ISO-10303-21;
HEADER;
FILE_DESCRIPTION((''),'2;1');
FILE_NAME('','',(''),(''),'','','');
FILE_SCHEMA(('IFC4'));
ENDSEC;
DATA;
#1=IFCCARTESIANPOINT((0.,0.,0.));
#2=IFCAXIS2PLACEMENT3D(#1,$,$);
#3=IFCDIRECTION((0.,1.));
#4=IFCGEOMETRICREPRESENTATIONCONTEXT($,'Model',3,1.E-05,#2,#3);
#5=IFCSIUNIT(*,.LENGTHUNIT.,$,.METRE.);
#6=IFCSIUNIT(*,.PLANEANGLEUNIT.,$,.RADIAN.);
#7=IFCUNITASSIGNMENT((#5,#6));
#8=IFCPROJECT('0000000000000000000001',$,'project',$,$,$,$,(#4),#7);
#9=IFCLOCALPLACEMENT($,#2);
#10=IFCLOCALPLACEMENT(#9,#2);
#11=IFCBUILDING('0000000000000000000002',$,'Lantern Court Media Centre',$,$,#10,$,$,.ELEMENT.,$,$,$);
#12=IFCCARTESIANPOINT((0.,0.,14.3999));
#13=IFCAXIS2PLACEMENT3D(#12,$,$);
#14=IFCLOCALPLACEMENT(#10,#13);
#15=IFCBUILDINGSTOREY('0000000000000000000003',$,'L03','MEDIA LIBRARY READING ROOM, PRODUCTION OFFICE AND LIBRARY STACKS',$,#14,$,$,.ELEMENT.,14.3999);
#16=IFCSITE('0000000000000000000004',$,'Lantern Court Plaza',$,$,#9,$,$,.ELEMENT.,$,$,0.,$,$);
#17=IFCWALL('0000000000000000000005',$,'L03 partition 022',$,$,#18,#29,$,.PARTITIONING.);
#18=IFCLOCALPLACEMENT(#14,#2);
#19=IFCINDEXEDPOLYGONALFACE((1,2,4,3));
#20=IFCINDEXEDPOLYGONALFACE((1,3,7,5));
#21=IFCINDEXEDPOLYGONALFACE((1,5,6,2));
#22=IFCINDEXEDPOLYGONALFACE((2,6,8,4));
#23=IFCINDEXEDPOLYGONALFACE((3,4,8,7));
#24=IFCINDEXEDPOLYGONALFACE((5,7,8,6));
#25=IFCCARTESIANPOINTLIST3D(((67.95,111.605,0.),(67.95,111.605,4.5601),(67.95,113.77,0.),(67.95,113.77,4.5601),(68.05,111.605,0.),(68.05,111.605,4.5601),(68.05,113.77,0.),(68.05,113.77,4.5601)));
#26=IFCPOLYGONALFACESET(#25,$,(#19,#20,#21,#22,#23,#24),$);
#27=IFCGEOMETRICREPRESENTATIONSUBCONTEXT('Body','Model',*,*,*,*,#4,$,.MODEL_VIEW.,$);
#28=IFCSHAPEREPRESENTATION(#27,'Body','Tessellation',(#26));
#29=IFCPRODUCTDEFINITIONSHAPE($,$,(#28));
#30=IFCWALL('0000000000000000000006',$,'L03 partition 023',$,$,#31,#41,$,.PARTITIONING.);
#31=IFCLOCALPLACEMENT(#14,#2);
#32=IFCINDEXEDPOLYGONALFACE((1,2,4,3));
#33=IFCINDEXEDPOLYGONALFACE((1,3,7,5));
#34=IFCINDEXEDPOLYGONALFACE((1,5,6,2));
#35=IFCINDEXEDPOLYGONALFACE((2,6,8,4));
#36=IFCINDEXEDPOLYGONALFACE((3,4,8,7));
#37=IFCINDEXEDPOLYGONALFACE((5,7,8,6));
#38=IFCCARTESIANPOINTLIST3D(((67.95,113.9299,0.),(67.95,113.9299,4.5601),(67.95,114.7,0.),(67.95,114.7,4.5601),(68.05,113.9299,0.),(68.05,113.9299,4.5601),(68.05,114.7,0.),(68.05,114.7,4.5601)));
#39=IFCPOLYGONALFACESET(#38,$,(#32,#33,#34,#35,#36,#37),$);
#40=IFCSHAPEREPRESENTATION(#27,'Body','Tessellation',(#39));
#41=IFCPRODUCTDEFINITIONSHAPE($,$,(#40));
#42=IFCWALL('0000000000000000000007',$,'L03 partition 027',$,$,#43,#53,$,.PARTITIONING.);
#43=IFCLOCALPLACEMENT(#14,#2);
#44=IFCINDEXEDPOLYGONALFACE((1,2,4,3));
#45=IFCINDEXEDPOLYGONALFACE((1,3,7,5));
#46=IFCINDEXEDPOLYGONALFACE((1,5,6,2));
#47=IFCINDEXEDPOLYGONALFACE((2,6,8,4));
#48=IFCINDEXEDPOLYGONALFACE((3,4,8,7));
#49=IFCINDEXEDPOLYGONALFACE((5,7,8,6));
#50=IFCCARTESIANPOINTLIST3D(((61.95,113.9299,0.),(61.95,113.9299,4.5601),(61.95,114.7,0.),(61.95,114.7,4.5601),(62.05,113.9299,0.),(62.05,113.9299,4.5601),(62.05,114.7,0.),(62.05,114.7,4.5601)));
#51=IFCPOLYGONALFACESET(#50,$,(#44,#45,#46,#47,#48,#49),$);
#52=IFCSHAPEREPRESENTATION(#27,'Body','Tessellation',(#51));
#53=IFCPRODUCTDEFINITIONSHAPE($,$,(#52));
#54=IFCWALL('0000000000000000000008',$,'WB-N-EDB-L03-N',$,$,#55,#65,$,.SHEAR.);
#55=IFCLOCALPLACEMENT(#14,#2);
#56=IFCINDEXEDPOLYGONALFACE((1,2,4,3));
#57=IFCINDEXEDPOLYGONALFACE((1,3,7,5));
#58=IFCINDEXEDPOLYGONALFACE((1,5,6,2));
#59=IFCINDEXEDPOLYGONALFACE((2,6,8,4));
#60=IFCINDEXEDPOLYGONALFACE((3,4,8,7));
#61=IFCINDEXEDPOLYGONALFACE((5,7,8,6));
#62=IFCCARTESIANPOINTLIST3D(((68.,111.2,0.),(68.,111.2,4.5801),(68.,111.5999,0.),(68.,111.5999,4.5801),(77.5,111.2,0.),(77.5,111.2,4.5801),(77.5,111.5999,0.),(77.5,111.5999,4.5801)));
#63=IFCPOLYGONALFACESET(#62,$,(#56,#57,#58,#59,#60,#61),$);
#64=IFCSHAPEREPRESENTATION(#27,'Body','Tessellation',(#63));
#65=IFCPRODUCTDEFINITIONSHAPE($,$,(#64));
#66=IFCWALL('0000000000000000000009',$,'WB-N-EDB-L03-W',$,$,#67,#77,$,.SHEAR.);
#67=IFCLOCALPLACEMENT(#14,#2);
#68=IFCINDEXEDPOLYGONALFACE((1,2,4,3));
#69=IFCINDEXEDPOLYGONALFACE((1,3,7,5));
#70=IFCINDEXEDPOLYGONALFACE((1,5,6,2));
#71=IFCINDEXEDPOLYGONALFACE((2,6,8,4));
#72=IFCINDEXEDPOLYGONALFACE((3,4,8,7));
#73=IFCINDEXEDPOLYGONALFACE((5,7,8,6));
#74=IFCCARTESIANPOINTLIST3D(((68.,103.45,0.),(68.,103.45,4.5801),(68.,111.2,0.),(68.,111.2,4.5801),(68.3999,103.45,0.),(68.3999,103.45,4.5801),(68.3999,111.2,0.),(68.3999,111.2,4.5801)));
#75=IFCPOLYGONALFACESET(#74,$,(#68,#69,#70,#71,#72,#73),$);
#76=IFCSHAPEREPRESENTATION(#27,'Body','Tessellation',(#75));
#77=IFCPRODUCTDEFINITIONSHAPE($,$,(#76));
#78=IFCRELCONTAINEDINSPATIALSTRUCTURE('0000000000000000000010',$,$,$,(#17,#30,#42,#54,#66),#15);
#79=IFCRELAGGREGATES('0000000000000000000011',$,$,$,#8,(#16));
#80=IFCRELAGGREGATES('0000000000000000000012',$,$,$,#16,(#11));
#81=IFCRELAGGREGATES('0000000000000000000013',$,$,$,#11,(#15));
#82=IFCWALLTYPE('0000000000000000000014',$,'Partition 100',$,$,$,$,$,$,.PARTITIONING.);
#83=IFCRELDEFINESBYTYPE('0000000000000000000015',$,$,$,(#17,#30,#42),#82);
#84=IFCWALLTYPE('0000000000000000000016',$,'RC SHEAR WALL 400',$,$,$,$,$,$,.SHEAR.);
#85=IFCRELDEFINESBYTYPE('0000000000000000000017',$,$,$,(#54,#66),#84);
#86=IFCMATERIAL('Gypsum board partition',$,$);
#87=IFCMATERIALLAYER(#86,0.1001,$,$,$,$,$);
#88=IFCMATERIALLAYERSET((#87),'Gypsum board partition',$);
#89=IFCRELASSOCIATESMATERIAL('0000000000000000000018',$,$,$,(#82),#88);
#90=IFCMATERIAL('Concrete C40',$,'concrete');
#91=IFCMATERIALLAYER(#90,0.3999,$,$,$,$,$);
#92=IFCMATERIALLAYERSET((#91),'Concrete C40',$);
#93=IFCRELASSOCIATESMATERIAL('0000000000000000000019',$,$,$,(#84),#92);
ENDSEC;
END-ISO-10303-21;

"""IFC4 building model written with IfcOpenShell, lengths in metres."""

from ifc_helpers import new_model, si_unit, direction, frame, frame_2d, origin, place, context, subcontext, project, spatial, rectangle, extrude, material, layer, layer_set, type_object, element, save


model = new_model("IFC4")

# Units and contexts
model_context = context("Model", 3, precision=1e-05, world=origin(), true_north=direction((0.0, 1.0)))
body_context = subcontext(model_context, "Body", "Model", "MODEL_VIEW")
ifc_project = project(units=[si_unit("LENGTHUNIT", "METRE"), si_unit("PLANEANGLEUNIT", "RADIAN")], contexts=[model_context])

# Site, building, storey
site_placement = place(None, origin())
site = spatial("IfcSite", under=ifc_project, at=site_placement, Name="Lantern Court Plaza", CompositionType="ELEMENT", RefElevation=0.0)
building_placement = place(site_placement, origin())
building = spatial("IfcBuilding", under=site, at=building_placement, Name="Lantern Court Media Centre", CompositionType="ELEMENT")
storey_placement = place(building_placement, frame((0.0, 0.0, 14.3999)))
storey = spatial("IfcBuildingStorey", under=building, at=storey_placement, Name="L03", Description="MEDIA LIBRARY READING ROOM, PRODUCTION OFFICE AND LIBRARY STACKS", CompositionType="ELEMENT", Elevation=14.3999)

# Walls
ifc_material_1 = material(Name="Gypsum board partition")
ifc_layer_1 = layer(ifc_material_1, 0.1001)
ifc_layer_set_1 = layer_set([ifc_layer_1], Name="Gypsum board partition")
wall_type_1 = type_object("IfcWallType", Name="Partition 100", PredefinedType="PARTITIONING", material=ifc_layer_set_1)
wall_1_placement = place(storey_placement, frame((68.0, 111.605, 0.0), z_axis=(0.0, 0.0, 1.0), x_axis=(0.0, 1.0, 0.0)))
element("IfcWall", 1, at=wall_1_placement, inside=storey, type_object=wall_type_1, Name="L03 partition 022", PredefinedType="PARTITIONING", context=body_context, shape_type="SweptSolid", body=[
    extrude(rectangle(XDim=2.165, YDim=0.1001, at=frame_2d((1.0825, 0.0))), origin(), (0.0, 0.0, 1.0), 4.5601),
])
for number, where, z_axis, x_axis, name in (
    (2, (68.0, 113.9299, 0.0), (0.0, 0.0, 1.0), (0.0, 1.0, 0.0), "L03 partition 023"),
    (3, (62.0, 113.9299, 0.0), (0.0, 0.0, 1.0), (0.0, 1.0, 0.0), "L03 partition 027"),
):
    element("IfcWall", number, at=place(storey_placement, frame(where, z_axis=z_axis, x_axis=x_axis)), inside=storey, type_object=wall_type_1, Name=name, PredefinedType="PARTITIONING", context=body_context, shape_type="SweptSolid", body=[
        extrude(rectangle(XDim=0.77, YDim=0.1001, at=frame_2d((0.385, 0.0))), origin(), (0.0, 0.0, 1.0), 4.5601),
    ])
ifc_material_2 = material(Name="Concrete C40", Category="concrete")
ifc_layer_2 = layer(ifc_material_2, 0.3999)
ifc_layer_set_2 = layer_set([ifc_layer_2], Name="Concrete C40")
wall_type_2 = type_object("IfcWallType", Name="RC SHEAR WALL 400", PredefinedType="SHEAR", material=ifc_layer_set_2)
wall_2_placement = place(storey_placement, frame((68.0, 111.3999, 0.0), z_axis=(0.0, 0.0, 1.0), x_axis=(1.0, 0.0, 0.0)))
element("IfcWall", 4, at=wall_2_placement, inside=storey, type_object=wall_type_2, Name="WB-N-EDB-L03-N", PredefinedType="SHEAR", context=body_context, shape_type="SweptSolid", body=[
    extrude(rectangle(XDim=9.5, YDim=0.3999, at=frame_2d((4.75, 0.0))), origin(), (0.0, 0.0, 1.0), 4.5801),
])
wall_3_placement = place(storey_placement, frame((68.2, 103.45, 0.0), z_axis=(0.0, 0.0, 1.0), x_axis=(0.0, 1.0, 0.0)))
element("IfcWall", 5, at=wall_3_placement, inside=storey, type_object=wall_type_2, Name="WB-N-EDB-L03-W", PredefinedType="SHEAR", context=body_context, shape_type="SweptSolid", body=[
    extrude(rectangle(XDim=7.75, YDim=0.3999, at=frame_2d((3.875, 0.0))), origin(), (0.0, 0.0, 1.0), 4.5801),
])

save(model, "model.ifc")
